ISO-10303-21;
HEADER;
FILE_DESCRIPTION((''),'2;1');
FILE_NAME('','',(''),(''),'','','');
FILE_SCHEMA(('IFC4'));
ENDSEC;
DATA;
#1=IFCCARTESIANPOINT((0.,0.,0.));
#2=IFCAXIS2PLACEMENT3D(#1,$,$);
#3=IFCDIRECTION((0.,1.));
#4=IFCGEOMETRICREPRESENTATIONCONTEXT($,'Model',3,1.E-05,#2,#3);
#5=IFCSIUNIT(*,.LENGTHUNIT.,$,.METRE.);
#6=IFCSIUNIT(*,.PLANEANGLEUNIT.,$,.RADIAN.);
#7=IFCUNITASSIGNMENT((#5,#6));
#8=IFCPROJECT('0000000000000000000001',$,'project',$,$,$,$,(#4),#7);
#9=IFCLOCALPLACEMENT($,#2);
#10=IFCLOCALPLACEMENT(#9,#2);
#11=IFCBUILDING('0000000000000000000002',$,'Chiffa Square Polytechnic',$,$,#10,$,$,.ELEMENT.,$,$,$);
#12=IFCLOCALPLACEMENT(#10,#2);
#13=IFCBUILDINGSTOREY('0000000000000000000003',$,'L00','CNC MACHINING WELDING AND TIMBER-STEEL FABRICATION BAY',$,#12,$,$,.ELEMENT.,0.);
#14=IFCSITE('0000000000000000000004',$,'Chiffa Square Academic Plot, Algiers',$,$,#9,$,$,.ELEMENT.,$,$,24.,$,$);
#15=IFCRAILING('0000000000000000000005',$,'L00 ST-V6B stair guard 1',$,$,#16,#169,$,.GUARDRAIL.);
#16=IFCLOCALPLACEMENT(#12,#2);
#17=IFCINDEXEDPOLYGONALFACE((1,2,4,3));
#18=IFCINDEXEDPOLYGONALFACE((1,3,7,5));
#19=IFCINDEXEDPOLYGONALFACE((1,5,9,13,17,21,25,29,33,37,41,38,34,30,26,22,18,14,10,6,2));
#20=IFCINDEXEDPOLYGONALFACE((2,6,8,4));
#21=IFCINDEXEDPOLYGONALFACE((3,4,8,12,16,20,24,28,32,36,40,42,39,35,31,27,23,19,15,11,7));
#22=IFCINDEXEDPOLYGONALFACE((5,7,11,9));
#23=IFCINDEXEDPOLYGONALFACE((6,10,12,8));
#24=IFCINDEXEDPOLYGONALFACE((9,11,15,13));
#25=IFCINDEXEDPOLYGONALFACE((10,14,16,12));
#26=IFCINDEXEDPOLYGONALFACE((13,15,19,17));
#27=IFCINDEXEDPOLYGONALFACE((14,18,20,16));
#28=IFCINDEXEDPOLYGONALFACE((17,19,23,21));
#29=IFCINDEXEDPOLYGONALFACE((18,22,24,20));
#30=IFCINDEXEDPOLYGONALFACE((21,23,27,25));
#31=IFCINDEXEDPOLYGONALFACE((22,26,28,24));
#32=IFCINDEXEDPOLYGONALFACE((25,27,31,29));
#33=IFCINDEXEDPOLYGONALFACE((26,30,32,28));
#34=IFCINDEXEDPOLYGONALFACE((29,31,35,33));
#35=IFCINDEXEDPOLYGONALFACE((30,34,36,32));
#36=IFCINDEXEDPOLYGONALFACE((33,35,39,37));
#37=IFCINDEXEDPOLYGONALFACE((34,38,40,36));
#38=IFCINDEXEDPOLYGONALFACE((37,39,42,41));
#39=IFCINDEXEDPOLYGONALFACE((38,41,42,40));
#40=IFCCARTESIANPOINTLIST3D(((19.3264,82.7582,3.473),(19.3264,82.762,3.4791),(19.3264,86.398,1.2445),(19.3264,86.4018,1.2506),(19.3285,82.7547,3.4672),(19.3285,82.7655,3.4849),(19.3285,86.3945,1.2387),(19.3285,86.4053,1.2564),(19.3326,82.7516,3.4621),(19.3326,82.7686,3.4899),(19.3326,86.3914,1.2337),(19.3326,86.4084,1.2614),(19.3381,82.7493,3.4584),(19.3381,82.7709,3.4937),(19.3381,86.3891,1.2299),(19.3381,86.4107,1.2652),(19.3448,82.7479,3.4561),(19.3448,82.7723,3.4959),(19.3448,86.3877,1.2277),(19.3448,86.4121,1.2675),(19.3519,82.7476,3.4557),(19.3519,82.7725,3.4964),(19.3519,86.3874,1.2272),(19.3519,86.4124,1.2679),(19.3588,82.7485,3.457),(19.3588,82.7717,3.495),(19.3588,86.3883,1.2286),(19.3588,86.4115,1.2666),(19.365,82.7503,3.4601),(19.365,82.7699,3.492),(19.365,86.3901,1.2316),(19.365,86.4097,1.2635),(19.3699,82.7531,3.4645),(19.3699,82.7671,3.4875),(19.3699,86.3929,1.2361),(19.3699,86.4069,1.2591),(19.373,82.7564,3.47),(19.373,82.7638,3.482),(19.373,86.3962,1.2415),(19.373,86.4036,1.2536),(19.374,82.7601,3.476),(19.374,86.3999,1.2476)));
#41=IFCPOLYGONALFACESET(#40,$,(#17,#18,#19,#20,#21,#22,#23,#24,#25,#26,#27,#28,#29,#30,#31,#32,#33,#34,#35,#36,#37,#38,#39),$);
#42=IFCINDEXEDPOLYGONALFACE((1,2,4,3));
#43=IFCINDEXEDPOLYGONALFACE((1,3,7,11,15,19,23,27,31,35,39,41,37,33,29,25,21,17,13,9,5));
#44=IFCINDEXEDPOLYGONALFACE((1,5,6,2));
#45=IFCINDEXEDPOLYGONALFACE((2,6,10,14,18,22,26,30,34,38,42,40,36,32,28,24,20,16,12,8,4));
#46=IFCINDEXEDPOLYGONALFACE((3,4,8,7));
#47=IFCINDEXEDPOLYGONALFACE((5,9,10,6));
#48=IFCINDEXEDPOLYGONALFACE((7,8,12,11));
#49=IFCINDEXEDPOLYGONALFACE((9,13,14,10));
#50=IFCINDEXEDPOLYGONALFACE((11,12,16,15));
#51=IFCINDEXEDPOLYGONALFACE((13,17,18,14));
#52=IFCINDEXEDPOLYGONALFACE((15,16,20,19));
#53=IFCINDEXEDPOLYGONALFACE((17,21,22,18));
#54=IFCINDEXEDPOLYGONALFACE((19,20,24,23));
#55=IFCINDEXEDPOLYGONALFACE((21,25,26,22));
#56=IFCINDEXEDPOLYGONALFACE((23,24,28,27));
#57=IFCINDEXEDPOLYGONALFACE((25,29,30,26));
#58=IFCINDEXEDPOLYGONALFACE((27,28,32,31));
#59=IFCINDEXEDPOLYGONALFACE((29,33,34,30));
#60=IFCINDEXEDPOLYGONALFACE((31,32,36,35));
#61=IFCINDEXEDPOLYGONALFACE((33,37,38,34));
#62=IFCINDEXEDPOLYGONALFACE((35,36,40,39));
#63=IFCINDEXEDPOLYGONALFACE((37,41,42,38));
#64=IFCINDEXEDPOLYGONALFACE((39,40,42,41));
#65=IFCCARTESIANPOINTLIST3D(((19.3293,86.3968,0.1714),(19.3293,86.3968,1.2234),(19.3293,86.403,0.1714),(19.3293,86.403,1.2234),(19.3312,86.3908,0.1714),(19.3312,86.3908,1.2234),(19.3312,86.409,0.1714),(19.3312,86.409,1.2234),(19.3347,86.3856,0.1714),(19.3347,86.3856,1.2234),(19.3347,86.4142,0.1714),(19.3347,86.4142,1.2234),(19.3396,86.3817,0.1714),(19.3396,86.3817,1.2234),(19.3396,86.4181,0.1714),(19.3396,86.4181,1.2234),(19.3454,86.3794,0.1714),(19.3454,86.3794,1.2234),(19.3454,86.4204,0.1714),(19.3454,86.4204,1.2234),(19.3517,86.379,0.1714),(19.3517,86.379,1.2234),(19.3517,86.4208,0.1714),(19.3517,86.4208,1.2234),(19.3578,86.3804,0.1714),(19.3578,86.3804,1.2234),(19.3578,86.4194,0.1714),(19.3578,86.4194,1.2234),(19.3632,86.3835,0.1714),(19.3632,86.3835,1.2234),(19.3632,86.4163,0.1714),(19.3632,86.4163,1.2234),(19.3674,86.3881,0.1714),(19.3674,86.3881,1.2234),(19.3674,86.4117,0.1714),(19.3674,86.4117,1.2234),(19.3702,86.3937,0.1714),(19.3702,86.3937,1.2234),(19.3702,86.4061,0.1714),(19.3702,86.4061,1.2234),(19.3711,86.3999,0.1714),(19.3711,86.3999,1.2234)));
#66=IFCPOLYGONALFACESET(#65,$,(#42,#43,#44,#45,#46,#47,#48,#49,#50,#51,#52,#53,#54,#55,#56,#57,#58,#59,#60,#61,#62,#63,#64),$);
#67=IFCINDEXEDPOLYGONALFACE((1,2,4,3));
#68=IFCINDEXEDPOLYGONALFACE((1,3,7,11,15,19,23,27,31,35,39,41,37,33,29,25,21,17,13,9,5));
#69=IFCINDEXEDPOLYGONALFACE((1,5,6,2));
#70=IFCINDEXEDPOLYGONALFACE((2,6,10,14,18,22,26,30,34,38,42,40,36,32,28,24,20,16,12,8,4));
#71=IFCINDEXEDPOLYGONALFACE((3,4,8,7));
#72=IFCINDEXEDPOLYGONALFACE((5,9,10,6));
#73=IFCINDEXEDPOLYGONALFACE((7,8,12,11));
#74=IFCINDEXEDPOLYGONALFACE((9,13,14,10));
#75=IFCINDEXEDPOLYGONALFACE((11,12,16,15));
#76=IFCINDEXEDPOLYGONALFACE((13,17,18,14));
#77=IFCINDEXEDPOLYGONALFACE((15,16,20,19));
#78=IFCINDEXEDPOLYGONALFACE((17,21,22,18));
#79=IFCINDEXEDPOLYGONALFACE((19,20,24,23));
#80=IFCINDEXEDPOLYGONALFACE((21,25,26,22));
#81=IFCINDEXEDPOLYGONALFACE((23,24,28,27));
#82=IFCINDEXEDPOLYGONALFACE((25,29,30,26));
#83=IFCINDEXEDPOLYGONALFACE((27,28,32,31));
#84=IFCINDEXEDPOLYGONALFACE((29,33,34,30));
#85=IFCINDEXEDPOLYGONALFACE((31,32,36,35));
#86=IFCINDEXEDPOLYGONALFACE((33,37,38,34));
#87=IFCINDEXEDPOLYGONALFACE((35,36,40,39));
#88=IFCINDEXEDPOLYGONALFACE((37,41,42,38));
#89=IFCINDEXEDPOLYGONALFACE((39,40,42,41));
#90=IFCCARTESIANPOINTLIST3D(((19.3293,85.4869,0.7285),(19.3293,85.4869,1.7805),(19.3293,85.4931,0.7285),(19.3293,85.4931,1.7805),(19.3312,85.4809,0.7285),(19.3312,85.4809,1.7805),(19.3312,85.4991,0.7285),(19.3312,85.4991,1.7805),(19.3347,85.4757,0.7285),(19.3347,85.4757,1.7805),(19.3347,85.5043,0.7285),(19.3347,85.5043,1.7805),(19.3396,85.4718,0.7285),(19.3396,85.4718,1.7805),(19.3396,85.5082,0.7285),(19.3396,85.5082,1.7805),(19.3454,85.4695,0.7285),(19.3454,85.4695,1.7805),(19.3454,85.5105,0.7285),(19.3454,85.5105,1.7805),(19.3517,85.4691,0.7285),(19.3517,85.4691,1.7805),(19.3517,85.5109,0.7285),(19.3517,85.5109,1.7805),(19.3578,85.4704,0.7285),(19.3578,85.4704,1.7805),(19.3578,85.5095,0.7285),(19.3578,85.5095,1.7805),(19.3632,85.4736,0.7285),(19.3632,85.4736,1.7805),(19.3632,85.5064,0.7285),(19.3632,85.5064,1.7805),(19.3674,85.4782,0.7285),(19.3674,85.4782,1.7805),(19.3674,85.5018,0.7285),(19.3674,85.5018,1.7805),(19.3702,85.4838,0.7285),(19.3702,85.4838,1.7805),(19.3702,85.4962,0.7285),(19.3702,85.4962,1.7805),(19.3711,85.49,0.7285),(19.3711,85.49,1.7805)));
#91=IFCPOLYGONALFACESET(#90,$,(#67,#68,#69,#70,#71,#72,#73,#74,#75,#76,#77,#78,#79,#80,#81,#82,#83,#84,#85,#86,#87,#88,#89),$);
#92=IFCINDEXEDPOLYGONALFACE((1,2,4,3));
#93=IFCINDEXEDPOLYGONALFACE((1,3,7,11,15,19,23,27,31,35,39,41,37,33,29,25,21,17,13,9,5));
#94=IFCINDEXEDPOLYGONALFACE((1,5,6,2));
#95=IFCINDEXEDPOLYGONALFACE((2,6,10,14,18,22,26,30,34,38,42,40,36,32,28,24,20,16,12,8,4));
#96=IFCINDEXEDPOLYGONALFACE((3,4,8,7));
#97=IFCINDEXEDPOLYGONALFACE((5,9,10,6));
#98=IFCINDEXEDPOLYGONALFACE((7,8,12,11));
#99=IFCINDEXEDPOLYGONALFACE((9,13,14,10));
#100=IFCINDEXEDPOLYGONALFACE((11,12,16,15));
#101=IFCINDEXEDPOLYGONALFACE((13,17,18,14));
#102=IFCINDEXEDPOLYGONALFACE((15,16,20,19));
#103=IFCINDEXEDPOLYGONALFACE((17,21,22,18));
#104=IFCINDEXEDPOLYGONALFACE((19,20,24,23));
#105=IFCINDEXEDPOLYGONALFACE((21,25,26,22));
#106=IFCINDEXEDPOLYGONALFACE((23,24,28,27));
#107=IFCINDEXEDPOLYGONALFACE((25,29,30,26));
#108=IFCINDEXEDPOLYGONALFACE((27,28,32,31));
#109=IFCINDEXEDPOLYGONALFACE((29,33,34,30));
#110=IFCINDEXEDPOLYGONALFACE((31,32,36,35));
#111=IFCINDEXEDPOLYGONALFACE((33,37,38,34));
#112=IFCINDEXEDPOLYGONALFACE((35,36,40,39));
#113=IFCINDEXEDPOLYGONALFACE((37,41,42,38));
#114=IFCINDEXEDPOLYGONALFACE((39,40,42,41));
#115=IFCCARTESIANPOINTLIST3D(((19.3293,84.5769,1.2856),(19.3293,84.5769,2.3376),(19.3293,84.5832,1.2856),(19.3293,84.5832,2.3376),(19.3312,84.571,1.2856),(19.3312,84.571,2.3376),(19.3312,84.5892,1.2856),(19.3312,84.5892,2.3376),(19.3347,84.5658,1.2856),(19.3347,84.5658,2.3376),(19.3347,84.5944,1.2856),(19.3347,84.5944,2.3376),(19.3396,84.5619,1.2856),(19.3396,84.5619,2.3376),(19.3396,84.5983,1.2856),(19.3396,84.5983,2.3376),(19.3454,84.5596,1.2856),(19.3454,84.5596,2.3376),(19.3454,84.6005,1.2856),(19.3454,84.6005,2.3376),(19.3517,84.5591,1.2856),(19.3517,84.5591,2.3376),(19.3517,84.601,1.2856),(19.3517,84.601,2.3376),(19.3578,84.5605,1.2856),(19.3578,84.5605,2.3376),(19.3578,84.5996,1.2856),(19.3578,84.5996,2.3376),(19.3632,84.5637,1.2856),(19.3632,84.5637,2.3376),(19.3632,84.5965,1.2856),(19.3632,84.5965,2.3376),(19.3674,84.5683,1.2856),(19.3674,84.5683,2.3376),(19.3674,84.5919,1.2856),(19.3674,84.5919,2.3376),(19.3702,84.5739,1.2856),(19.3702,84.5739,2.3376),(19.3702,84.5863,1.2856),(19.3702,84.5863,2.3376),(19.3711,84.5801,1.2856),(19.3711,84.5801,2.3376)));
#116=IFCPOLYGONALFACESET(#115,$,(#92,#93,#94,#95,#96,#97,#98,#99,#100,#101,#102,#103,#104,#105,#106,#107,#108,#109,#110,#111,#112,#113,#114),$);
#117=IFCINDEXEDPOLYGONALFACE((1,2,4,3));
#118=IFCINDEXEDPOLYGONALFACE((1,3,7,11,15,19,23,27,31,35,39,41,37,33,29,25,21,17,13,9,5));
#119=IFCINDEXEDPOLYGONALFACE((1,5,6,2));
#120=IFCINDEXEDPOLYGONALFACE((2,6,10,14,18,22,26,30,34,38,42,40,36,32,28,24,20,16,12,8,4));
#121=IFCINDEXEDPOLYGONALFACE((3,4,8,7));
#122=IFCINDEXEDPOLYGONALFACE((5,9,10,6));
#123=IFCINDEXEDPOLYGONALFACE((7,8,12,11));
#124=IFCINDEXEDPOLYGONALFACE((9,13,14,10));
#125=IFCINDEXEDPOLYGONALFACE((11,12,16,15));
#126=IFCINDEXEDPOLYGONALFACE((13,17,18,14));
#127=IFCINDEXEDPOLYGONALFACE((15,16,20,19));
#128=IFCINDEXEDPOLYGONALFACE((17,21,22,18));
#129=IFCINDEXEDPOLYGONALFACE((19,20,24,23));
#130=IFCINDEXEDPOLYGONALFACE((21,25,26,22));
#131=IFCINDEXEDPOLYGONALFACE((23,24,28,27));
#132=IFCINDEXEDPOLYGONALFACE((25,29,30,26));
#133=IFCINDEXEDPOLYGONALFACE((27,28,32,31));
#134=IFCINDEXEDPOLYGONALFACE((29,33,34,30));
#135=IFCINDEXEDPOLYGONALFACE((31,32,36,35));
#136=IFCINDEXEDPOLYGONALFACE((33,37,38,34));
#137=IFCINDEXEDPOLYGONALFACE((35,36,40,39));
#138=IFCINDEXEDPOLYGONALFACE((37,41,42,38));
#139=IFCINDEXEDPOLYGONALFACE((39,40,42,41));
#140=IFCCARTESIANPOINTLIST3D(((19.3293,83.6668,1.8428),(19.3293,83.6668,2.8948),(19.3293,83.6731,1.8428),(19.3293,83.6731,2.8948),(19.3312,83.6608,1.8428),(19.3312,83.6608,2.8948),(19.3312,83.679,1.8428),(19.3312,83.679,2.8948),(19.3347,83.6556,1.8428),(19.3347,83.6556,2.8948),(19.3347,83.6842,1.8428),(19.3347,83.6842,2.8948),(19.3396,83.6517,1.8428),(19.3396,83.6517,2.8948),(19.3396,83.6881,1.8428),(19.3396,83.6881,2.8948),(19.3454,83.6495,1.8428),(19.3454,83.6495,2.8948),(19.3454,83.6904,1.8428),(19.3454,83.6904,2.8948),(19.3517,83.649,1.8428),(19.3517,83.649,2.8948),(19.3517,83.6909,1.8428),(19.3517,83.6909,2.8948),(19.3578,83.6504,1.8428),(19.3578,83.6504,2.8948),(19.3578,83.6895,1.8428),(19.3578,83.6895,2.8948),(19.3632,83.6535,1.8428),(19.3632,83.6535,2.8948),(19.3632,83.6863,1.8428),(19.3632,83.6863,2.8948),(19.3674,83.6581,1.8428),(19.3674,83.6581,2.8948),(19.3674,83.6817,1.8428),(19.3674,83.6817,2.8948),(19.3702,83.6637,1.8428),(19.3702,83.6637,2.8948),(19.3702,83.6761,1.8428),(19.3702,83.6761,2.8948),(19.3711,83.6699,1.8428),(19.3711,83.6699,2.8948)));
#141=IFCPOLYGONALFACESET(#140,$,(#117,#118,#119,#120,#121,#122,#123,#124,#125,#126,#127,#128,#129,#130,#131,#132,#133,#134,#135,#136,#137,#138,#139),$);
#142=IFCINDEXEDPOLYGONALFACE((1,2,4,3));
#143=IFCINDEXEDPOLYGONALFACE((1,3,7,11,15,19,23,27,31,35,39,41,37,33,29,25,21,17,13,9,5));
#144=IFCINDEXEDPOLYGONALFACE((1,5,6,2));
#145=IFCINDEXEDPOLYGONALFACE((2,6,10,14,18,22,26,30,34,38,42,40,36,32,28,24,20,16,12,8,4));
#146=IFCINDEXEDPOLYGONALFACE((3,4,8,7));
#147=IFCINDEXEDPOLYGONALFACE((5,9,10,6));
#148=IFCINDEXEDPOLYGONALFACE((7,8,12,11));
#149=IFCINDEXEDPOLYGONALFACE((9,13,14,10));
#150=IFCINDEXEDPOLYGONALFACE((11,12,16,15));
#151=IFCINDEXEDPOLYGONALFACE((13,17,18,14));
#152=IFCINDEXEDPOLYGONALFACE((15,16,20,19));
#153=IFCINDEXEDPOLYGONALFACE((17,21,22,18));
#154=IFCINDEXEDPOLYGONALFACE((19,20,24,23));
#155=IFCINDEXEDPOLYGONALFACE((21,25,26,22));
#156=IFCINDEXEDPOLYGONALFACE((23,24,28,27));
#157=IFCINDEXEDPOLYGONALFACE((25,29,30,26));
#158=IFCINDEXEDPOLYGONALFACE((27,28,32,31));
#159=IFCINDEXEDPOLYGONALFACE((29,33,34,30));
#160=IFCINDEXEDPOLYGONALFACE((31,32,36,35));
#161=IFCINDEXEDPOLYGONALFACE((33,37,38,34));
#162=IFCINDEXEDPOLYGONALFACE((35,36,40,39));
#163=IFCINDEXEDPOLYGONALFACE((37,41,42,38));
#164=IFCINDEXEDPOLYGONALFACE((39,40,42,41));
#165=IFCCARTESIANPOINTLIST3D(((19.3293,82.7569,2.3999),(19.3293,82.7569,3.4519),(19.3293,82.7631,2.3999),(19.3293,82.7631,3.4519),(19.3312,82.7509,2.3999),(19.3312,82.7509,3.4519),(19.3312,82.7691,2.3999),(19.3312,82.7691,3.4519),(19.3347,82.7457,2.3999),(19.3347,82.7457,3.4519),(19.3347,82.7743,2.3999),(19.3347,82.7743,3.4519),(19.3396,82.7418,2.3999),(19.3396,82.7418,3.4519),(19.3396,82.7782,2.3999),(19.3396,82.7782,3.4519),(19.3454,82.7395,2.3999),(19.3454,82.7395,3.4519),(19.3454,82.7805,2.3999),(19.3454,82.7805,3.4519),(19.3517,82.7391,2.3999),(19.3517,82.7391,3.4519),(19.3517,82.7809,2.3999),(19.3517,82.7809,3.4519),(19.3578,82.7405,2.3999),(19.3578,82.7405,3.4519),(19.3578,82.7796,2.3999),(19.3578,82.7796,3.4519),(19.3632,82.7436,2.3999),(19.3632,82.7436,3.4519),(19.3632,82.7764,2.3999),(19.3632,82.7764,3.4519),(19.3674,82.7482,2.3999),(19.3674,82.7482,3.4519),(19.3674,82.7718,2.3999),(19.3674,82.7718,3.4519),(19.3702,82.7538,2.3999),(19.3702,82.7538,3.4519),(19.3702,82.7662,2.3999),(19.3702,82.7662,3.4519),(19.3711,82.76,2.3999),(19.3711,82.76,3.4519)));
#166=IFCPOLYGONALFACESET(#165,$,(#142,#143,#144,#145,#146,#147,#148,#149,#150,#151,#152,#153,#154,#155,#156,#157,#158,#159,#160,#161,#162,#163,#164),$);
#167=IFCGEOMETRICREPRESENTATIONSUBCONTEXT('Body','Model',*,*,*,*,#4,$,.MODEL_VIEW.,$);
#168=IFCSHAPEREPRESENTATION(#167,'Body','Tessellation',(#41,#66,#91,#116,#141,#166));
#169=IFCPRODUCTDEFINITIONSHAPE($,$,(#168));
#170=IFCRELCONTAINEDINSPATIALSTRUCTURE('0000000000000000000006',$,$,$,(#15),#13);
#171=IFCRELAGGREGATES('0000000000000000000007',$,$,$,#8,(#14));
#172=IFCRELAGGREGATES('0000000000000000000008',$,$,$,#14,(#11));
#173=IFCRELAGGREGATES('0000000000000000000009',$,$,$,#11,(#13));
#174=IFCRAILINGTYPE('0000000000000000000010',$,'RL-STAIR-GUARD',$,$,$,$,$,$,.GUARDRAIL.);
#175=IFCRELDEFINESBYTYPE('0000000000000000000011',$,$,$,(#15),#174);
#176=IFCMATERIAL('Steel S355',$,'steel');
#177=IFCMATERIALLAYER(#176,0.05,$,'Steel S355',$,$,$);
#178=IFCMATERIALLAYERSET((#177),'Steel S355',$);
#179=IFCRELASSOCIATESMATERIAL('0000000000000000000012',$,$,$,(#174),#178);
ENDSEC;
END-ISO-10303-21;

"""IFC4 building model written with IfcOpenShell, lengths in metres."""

from ifc_helpers import new_model, si_unit, direction, frame, origin, origin_2d, place, context, subcontext, project, spatial, circle, extrude, material, layer, layer_set, type_object, element, save


model = new_model("IFC4")

# Units and contexts
model_context = context("Model", 3, precision=1e-05, world=origin(), true_north=direction((0.0, 1.0)))
body_context = subcontext(model_context, "Body", "Model", "MODEL_VIEW")
ifc_project = project(units=[si_unit("LENGTHUNIT", "METRE"), si_unit("PLANEANGLEUNIT", "RADIAN")], contexts=[model_context])

# Site, building, storey
site_placement = place(None, origin())
site = spatial("IfcSite", under=ifc_project, at=site_placement, Name="Chiffa Square Academic Plot, Algiers", CompositionType="ELEMENT", RefElevation=24.0)
building_placement = place(site_placement, origin())
building = spatial("IfcBuilding", under=site, at=building_placement, Name="Chiffa Square Polytechnic", CompositionType="ELEMENT")
storey_placement = place(building_placement, origin())
storey = spatial("IfcBuildingStorey", under=building, at=storey_placement, Name="L00", Description="CNC MACHINING WELDING AND TIMBER-STEEL FABRICATION BAY", CompositionType="ELEMENT", Elevation=0.0)

# Railing
ifc_material_1 = material(Name="Steel S355", Category="steel")
ifc_layer_1 = layer(ifc_material_1, 0.05, Name="Steel S355")
ifc_layer_set_1 = layer_set([ifc_layer_1], Name="Steel S355")
railing_type_1 = type_object("IfcRailingType", Name="RL-STAIR-GUARD", PredefinedType="GUARDRAIL", material=ifc_layer_set_1)
railing_1_placement = place(storey_placement, frame((19.3501, 86.3999, 0.1714)))
element("IfcRailing", 1, at=railing_1_placement, inside=storey, type_object=railing_type_1, Name="L00 ST-V6B stair guard 1", PredefinedType="GUARDRAIL", context=body_context, shape_type="SweptSolid", body=[
    extrude(circle(Radius=0.0239, at=origin_2d()), frame((0.0, 0.0, 1.0762), z_axis=(0.0, -0.85285, 0.522156), x_axis=(1.0, 0.0, 0.0)), (0.0, 0.0, 1.0), 4.2678),
    extrude(circle(Radius=0.021, at=origin_2d()), origin(), (0.0, 0.0, 1.0), 1.052),
    extrude(circle(Radius=0.021, at=origin_2d()), frame((0.0, -0.9099, 0.5571)), (0.0, 0.0, 1.0), 1.052),
    extrude(circle(Radius=0.021, at=origin_2d()), frame((0.0, -1.8198, 1.1143)), (0.0, 0.0, 1.0), 1.052),
    extrude(circle(Radius=0.021, at=origin_2d()), frame((0.0, -2.73, 1.6714)), (0.0, 0.0, 1.0), 1.052),
    extrude(circle(Radius=0.021, at=origin_2d()), frame((0.0, -3.6399, 2.2285)), (0.0, 0.0, 1.0), 1.052),
])

save(model, "model.ifc")
